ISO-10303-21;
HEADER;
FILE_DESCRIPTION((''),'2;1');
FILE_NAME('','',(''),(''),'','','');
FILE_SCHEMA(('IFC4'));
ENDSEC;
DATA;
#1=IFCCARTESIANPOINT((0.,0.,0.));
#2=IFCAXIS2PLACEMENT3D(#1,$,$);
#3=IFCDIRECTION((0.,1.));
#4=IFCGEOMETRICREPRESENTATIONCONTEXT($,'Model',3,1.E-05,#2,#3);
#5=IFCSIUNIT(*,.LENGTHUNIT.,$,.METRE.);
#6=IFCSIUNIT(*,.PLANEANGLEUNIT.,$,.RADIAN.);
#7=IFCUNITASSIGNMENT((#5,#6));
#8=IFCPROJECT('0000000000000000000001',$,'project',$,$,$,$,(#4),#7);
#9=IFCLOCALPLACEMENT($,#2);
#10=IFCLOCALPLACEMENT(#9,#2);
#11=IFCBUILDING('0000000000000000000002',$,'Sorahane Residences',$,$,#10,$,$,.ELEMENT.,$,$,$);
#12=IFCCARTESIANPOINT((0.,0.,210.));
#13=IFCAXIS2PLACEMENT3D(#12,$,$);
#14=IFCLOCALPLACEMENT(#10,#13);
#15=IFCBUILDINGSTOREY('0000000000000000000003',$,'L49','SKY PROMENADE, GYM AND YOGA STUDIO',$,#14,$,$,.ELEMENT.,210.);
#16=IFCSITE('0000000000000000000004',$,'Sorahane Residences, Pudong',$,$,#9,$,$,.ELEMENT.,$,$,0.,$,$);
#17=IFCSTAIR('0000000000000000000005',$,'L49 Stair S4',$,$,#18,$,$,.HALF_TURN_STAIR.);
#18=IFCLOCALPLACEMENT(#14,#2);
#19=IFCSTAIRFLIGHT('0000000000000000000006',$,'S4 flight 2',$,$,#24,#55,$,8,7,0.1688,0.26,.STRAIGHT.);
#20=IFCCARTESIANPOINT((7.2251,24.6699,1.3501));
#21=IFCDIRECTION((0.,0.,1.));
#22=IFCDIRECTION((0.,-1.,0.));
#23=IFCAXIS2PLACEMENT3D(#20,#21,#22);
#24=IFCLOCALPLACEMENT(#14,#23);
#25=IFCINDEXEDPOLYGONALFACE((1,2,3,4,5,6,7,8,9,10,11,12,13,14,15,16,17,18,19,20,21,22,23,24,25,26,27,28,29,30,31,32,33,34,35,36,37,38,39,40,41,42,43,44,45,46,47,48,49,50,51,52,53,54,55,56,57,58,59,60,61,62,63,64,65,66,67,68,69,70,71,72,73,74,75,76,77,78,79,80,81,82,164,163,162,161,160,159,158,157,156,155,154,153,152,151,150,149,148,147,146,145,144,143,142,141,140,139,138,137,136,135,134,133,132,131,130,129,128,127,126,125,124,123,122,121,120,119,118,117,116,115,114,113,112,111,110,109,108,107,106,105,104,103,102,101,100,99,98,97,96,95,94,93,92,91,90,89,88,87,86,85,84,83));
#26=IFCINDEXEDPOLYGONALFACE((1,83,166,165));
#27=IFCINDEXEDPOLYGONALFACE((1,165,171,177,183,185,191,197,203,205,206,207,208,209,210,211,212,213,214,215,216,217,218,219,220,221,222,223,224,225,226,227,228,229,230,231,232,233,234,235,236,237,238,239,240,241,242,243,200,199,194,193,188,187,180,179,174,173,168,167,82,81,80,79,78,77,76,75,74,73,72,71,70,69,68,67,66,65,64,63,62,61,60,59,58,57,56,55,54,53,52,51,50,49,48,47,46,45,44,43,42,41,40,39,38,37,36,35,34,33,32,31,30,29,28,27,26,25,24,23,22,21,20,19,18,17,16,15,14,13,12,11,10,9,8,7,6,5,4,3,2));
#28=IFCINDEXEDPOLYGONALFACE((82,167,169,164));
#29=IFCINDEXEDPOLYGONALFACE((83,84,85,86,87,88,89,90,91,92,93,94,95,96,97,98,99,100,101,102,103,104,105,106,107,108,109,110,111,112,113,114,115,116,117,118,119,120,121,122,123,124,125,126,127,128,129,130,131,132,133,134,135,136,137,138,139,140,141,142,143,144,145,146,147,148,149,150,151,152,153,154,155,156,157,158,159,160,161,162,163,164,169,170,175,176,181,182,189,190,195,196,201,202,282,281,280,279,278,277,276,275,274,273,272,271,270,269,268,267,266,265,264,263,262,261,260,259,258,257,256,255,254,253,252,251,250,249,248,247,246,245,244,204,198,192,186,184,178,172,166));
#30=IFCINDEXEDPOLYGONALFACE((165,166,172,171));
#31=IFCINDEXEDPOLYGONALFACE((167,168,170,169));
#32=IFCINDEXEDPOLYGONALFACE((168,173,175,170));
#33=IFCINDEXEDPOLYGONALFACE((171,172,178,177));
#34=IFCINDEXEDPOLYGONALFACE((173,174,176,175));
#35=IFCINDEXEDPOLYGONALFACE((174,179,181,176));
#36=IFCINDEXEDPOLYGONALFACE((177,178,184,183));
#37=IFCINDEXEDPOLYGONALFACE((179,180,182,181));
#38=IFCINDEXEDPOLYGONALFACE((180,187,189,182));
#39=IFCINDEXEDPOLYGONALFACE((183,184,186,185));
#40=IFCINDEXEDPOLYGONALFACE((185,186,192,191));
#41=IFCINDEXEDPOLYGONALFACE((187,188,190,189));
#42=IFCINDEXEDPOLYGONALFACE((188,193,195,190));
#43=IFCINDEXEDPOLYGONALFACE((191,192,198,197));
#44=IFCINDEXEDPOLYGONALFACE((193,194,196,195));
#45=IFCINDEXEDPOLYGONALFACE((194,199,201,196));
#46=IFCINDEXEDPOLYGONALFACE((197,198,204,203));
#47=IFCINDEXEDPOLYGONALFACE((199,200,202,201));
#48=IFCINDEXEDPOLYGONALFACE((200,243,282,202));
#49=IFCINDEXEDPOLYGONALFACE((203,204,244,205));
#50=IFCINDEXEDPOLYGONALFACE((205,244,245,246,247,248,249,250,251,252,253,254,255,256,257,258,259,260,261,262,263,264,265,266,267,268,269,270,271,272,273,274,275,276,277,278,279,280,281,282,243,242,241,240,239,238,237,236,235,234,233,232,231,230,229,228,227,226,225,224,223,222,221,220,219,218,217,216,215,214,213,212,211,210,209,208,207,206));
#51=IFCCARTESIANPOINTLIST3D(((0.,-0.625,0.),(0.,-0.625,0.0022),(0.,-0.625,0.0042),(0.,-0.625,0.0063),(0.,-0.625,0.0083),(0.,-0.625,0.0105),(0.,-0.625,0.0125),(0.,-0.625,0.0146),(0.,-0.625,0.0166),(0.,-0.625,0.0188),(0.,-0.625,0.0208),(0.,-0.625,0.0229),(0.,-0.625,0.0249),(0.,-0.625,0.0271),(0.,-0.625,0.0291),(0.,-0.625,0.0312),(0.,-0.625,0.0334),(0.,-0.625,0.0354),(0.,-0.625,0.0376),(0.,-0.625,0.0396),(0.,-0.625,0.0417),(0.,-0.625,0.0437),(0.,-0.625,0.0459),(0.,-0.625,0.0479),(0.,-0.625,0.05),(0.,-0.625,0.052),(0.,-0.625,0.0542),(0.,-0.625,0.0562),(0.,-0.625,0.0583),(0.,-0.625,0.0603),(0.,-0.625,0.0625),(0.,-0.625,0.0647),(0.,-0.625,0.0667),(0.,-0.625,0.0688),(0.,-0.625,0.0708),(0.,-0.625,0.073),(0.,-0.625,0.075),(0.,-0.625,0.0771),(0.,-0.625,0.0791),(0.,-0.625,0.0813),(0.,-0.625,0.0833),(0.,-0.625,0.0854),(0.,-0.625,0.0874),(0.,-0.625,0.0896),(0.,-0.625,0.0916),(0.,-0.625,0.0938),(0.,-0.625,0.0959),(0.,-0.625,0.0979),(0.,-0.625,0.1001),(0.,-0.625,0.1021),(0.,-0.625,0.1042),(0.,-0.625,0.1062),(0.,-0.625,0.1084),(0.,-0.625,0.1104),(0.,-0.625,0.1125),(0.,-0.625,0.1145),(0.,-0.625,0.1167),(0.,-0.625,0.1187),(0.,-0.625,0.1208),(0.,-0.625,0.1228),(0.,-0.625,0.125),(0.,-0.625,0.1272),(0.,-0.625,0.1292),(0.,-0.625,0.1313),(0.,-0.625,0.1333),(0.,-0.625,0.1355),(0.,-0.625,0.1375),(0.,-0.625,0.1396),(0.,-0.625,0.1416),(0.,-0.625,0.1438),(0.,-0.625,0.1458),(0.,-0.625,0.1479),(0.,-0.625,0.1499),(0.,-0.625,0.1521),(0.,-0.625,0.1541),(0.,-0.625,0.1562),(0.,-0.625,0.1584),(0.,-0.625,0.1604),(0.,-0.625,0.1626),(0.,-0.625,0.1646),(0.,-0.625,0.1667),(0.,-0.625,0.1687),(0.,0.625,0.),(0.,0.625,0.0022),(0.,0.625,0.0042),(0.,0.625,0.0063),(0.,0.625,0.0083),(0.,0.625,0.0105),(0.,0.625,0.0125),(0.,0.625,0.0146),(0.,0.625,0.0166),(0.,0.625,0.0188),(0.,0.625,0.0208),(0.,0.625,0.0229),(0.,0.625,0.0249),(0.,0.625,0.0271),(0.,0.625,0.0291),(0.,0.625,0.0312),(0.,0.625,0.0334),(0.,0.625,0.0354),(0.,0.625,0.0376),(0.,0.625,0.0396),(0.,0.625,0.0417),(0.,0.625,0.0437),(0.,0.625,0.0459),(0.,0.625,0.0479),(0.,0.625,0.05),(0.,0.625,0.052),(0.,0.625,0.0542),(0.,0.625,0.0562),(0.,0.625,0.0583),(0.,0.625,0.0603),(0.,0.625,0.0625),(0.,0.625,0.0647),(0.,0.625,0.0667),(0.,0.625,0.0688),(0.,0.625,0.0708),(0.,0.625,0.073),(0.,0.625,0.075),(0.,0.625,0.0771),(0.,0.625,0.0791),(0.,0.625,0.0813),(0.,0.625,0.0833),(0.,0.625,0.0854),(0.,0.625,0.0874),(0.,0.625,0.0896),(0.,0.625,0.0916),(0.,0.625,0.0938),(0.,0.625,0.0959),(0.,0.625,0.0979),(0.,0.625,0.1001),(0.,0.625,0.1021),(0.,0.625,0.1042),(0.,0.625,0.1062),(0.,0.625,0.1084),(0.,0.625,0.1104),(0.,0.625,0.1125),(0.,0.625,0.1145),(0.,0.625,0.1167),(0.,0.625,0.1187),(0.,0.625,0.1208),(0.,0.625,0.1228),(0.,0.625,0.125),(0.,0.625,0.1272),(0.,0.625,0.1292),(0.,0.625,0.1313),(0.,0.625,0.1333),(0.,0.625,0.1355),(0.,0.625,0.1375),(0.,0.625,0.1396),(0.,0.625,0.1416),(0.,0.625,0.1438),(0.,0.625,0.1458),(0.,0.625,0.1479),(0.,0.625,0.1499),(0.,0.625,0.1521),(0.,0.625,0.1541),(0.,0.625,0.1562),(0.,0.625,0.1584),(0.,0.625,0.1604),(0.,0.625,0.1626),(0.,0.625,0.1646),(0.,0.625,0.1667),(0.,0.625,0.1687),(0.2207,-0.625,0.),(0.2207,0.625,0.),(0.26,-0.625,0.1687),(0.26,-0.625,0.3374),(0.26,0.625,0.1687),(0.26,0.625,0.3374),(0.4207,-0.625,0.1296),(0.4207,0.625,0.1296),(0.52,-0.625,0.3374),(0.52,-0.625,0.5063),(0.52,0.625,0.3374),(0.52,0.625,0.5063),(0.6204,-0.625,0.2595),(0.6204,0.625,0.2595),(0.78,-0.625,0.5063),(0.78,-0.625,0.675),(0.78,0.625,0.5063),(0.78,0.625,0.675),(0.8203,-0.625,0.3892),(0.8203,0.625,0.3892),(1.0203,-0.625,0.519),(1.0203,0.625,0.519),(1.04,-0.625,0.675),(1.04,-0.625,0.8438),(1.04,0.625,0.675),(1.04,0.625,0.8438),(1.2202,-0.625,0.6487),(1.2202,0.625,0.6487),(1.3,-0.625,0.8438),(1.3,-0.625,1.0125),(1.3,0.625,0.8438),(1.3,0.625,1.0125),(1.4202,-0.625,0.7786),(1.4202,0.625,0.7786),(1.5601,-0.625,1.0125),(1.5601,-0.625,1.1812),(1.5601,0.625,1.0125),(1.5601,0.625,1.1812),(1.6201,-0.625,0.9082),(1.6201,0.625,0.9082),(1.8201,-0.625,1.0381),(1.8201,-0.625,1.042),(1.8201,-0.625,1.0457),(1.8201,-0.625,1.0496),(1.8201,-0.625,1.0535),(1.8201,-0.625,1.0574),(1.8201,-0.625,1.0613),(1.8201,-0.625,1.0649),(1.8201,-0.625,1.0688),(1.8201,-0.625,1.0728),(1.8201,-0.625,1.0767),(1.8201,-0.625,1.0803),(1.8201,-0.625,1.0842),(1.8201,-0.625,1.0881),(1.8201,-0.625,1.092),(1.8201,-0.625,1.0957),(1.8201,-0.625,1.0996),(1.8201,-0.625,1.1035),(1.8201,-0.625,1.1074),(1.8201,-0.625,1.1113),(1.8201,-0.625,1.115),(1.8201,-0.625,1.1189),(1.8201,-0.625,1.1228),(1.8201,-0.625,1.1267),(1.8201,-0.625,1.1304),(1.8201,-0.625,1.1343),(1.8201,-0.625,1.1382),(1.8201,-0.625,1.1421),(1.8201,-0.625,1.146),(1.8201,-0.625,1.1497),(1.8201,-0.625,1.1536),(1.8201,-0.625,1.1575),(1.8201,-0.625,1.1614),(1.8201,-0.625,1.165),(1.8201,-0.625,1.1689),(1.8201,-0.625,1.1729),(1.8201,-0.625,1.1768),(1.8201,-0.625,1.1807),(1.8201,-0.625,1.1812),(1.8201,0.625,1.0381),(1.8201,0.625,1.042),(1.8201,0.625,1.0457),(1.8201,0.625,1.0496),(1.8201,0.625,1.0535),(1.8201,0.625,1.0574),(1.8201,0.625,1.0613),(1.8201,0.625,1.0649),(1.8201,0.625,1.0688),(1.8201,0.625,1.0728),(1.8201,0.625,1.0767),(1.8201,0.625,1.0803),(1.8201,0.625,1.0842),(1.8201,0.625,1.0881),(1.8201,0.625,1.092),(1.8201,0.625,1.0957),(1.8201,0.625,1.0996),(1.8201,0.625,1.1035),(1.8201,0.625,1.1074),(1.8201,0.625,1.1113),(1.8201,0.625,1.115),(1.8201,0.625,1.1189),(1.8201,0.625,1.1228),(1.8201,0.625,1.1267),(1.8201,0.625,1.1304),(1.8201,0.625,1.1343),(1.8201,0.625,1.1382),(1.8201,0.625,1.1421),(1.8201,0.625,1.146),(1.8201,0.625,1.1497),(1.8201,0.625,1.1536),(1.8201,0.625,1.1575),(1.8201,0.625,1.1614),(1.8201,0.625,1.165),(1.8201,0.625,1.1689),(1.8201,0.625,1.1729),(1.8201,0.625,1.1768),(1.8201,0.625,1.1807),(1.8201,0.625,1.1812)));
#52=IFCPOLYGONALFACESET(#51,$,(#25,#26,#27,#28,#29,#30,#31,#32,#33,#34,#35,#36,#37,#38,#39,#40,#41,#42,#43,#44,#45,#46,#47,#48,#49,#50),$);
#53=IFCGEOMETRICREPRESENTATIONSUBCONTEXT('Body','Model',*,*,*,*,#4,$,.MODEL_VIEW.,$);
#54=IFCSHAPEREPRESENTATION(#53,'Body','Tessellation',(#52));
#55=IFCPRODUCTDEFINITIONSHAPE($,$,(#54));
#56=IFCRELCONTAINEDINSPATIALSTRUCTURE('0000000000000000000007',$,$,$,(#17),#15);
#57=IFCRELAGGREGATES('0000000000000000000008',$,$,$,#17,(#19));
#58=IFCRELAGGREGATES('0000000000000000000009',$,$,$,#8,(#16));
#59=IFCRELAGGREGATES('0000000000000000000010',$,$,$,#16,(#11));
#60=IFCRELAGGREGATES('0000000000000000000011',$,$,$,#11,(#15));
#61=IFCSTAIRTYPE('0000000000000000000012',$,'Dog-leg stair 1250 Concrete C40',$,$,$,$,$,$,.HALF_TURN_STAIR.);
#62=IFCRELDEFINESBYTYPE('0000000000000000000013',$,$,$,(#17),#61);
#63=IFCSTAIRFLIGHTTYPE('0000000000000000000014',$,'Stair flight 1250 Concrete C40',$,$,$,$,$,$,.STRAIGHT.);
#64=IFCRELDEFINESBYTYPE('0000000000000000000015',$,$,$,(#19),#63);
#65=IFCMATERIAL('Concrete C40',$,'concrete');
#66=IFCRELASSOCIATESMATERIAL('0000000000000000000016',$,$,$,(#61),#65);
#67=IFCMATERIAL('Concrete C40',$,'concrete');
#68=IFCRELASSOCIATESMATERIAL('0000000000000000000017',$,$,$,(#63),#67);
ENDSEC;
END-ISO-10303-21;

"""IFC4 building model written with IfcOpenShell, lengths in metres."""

from ifc_helpers import new_model, si_unit, direction, frame, origin, place, context, subcontext, project, spatial, polyline, outline, extrude, material, type_object, element, aggregate, save


model = new_model("IFC4")

# Units and contexts
model_context = context("Model", 3, precision=1e-05, world=origin(), true_north=direction((0.0, 1.0)))
body_context = subcontext(model_context, "Body", "Model", "MODEL_VIEW")
ifc_project = project(units=[si_unit("LENGTHUNIT", "METRE"), si_unit("PLANEANGLEUNIT", "RADIAN")], contexts=[model_context])

# Site, building, storey
site_placement = place(None, origin())
site = spatial("IfcSite", under=ifc_project, at=site_placement, Name="Sorahane Residences, Pudong", CompositionType="ELEMENT", RefElevation=0.0)
building_placement = place(site_placement, origin())
building = spatial("IfcBuilding", under=site, at=building_placement, Name="Sorahane Residences", CompositionType="ELEMENT")
storey_placement = place(building_placement, frame((0.0, 0.0, 210.0)))
storey = spatial("IfcBuildingStorey", under=building, at=storey_placement, Name="L49", Description="SKY PROMENADE, GYM AND YOGA STUDIO", CompositionType="ELEMENT", Elevation=210.0)

# Stair, stair flight
ifc_material_1 = material(Name="Concrete C40", Category="concrete")
stair_type = type_object("IfcStairType", Name="Dog-leg stair 1250 Concrete C40", PredefinedType="HALF_TURN_STAIR", material=ifc_material_1)
stair_placement = place(storey_placement, origin())
stair = element("IfcStair", 1, at=stair_placement, inside=storey, type_object=stair_type, Name="L49 Stair S4", PredefinedType="HALF_TURN_STAIR")
ifc_material_2 = material(Name="Concrete C40", Category="concrete")
stair_flight_type = type_object("IfcStairFlightType", Name="Stair flight 1250 Concrete C40", PredefinedType="STRAIGHT", material=ifc_material_2)
stair_flight_1_placement = place(storey_placement, frame((7.2251, 24.6699, 1.3501), z_axis=(0.0, 0.0, 1.0), x_axis=(0.0, -1.0, 0.0)))
stair_flight_1 = element("IfcStairFlight", 2, at=stair_flight_1_placement, type_object=stair_flight_type, Name="S4 flight 2", NumberOfRisers=8, NumberOfTreads=7, PredefinedType="STRAIGHT", RiserHeight=0.1688, TreadLength=0.26, context=body_context, shape_type="SweptSolid", body=[
    extrude(outline(polyline([(0.0, 0.0), (0.0, 0.0022), (0.0, 0.0042), (0.0, 0.0063), (0.0, 0.0083), (0.0, 0.0105), (0.0, 0.0125), (0.0, 0.0146), (0.0, 0.0166), (0.0, 0.0188), (0.0, 0.0208), (0.0, 0.0229), (0.0, 0.0249), (0.0, 0.0271), (0.0, 0.0291), (0.0, 0.0312), (0.0, 0.0334), (0.0, 0.0354), (0.0, 0.0376), (0.0, 0.0396), (0.0, 0.0417), (0.0, 0.0437), (0.0, 0.0459), (0.0, 0.0479), (0.0, 0.05), (0.0, 0.052), (0.0, 0.0542), (0.0, 0.0562), (0.0, 0.0583), (0.0, 0.0603), (0.0, 0.0625), (0.0, 0.0647), (0.0, 0.0667), (0.0, 0.0688), (0.0, 0.0708), (0.0, 0.073), (0.0, 0.075), (0.0, 0.0771), (0.0, 0.0791), (0.0, 0.0813), (0.0, 0.0833), (0.0, 0.0854), (0.0, 0.0874), (0.0, 0.0896), (0.0, 0.0916), (0.0, 0.0938), (0.0, 0.0959), (0.0, 0.0979), (0.0, 0.1001), (0.0, 0.1021), (0.0, 0.1042), (0.0, 0.1062), (0.0, 0.1084), (0.0, 0.1104), (0.0, 0.1125), (0.0, 0.1145), (0.0, 0.1167), (0.0, 0.1187), (0.0, 0.1208), (0.0, 0.1228), (0.0, 0.125), (0.0, 0.1272), (0.0, 0.1292), (0.0, 0.1313), (0.0, 0.1333), (0.0, 0.1355), (0.0, 0.1375), (0.0, 0.1396), (0.0, 0.1416), (0.0, 0.1438), (0.0, 0.1458), (0.0, 0.1479), (0.0, 0.1499), (0.0, 0.1521), (0.0, 0.1541), (0.0, 0.1562), (0.0, 0.1584), (0.0, 0.1604), (0.0, 0.1626), (0.0, 0.1646), (0.0, 0.1667), (0.0, 0.1687), (0.26, 0.1687), (0.26, 0.3374), (0.52, 0.3374), (0.52, 0.5063), (0.78, 0.5063), (0.78, 0.675), (1.04, 0.675), (1.04, 0.8438), (1.3, 0.8438), (1.3, 1.0125), (1.5601, 1.0125), (1.5601, 1.1812), (1.8201, 1.1812), (1.8201, 1.3501), (1.8201, 1.3462), (1.8201, 1.3423), (1.8201, 1.3384), (1.8201, 1.3347), (1.8201, 1.3308), (1.8201, 1.3269), (1.8201, 1.323), (1.8201, 1.3191), (1.8201, 1.3154), (1.8201, 1.3115), (1.8201, 1.3076), (1.8201, 1.3037), (1.8201, 1.3), (1.8201, 1.2961), (1.8201, 1.2922), (1.8201, 1.2883), (1.8201, 1.2844), (1.8201, 1.2808), (1.8201, 1.2769), (1.8201, 1.2729), (1.8201, 1.269), (1.8201, 1.2654), (1.8201, 1.2615), (1.8201, 1.2576), (1.8201, 1.2537), (1.8201, 1.2498), (1.8201, 1.2461), (1.8201, 1.2422), (1.8201, 1.2383), (1.8201, 1.2344), (1.8201, 1.2307), (1.8201, 1.2268), (1.8201, 1.2229), (1.8201, 1.219), (1.8201, 1.2151), (1.8201, 1.2114), (1.8201, 1.2075), (1.8201, 1.2036), (1.8201, 1.1997), (1.8201, 1.196), (1.8201, 1.1921), (1.8201, 1.1882), (1.8201, 1.1843), (1.8201, 1.1807), (1.8201, 1.1768), (1.8201, 1.1729), (1.8201, 1.1689), (1.8201, 1.165), (1.8201, 1.1614), (1.8201, 1.1575), (1.8201, 1.1536), (1.8201, 1.1497), (1.8201, 1.146), (1.8201, 1.1421), (1.8201, 1.1382), (1.8201, 1.1343), (1.8201, 1.1304), (1.8201, 1.1267), (1.8201, 1.1228), (1.8201, 1.1189), (1.8201, 1.115), (1.8201, 1.1113), (1.8201, 1.1074), (1.8201, 1.1035), (1.8201, 1.0996), (1.8201, 1.0957), (1.8201, 1.092), (1.8201, 1.0881), (1.8201, 1.0842), (1.8201, 1.0803), (1.8201, 1.0767), (1.8201, 1.0728), (1.8201, 1.0688), (1.8201, 1.0649), (1.8201, 1.0613), (1.8201, 1.0574), (1.8201, 1.0535), (1.8201, 1.0496), (1.8201, 1.0457), (1.8201, 1.042), (1.8201, 1.0381), (1.6201, 0.9082), (1.4202, 0.7786), (1.2202, 0.6487), (1.0203, 0.519), (0.8203, 0.3892), (0.6204, 0.2595), (0.4207, 0.1296), (0.2207, 0.0), (0.0, 0.0)])), frame((0.0, 0.625, 0.0), z_axis=(0.0, -1.0, 0.0), x_axis=(1.0, 0.0, 0.0)), (0.0, 0.0, 1.0), 1.25),
])
aggregate(stair, [stair_flight_1])

save(model, "model.ifc")
